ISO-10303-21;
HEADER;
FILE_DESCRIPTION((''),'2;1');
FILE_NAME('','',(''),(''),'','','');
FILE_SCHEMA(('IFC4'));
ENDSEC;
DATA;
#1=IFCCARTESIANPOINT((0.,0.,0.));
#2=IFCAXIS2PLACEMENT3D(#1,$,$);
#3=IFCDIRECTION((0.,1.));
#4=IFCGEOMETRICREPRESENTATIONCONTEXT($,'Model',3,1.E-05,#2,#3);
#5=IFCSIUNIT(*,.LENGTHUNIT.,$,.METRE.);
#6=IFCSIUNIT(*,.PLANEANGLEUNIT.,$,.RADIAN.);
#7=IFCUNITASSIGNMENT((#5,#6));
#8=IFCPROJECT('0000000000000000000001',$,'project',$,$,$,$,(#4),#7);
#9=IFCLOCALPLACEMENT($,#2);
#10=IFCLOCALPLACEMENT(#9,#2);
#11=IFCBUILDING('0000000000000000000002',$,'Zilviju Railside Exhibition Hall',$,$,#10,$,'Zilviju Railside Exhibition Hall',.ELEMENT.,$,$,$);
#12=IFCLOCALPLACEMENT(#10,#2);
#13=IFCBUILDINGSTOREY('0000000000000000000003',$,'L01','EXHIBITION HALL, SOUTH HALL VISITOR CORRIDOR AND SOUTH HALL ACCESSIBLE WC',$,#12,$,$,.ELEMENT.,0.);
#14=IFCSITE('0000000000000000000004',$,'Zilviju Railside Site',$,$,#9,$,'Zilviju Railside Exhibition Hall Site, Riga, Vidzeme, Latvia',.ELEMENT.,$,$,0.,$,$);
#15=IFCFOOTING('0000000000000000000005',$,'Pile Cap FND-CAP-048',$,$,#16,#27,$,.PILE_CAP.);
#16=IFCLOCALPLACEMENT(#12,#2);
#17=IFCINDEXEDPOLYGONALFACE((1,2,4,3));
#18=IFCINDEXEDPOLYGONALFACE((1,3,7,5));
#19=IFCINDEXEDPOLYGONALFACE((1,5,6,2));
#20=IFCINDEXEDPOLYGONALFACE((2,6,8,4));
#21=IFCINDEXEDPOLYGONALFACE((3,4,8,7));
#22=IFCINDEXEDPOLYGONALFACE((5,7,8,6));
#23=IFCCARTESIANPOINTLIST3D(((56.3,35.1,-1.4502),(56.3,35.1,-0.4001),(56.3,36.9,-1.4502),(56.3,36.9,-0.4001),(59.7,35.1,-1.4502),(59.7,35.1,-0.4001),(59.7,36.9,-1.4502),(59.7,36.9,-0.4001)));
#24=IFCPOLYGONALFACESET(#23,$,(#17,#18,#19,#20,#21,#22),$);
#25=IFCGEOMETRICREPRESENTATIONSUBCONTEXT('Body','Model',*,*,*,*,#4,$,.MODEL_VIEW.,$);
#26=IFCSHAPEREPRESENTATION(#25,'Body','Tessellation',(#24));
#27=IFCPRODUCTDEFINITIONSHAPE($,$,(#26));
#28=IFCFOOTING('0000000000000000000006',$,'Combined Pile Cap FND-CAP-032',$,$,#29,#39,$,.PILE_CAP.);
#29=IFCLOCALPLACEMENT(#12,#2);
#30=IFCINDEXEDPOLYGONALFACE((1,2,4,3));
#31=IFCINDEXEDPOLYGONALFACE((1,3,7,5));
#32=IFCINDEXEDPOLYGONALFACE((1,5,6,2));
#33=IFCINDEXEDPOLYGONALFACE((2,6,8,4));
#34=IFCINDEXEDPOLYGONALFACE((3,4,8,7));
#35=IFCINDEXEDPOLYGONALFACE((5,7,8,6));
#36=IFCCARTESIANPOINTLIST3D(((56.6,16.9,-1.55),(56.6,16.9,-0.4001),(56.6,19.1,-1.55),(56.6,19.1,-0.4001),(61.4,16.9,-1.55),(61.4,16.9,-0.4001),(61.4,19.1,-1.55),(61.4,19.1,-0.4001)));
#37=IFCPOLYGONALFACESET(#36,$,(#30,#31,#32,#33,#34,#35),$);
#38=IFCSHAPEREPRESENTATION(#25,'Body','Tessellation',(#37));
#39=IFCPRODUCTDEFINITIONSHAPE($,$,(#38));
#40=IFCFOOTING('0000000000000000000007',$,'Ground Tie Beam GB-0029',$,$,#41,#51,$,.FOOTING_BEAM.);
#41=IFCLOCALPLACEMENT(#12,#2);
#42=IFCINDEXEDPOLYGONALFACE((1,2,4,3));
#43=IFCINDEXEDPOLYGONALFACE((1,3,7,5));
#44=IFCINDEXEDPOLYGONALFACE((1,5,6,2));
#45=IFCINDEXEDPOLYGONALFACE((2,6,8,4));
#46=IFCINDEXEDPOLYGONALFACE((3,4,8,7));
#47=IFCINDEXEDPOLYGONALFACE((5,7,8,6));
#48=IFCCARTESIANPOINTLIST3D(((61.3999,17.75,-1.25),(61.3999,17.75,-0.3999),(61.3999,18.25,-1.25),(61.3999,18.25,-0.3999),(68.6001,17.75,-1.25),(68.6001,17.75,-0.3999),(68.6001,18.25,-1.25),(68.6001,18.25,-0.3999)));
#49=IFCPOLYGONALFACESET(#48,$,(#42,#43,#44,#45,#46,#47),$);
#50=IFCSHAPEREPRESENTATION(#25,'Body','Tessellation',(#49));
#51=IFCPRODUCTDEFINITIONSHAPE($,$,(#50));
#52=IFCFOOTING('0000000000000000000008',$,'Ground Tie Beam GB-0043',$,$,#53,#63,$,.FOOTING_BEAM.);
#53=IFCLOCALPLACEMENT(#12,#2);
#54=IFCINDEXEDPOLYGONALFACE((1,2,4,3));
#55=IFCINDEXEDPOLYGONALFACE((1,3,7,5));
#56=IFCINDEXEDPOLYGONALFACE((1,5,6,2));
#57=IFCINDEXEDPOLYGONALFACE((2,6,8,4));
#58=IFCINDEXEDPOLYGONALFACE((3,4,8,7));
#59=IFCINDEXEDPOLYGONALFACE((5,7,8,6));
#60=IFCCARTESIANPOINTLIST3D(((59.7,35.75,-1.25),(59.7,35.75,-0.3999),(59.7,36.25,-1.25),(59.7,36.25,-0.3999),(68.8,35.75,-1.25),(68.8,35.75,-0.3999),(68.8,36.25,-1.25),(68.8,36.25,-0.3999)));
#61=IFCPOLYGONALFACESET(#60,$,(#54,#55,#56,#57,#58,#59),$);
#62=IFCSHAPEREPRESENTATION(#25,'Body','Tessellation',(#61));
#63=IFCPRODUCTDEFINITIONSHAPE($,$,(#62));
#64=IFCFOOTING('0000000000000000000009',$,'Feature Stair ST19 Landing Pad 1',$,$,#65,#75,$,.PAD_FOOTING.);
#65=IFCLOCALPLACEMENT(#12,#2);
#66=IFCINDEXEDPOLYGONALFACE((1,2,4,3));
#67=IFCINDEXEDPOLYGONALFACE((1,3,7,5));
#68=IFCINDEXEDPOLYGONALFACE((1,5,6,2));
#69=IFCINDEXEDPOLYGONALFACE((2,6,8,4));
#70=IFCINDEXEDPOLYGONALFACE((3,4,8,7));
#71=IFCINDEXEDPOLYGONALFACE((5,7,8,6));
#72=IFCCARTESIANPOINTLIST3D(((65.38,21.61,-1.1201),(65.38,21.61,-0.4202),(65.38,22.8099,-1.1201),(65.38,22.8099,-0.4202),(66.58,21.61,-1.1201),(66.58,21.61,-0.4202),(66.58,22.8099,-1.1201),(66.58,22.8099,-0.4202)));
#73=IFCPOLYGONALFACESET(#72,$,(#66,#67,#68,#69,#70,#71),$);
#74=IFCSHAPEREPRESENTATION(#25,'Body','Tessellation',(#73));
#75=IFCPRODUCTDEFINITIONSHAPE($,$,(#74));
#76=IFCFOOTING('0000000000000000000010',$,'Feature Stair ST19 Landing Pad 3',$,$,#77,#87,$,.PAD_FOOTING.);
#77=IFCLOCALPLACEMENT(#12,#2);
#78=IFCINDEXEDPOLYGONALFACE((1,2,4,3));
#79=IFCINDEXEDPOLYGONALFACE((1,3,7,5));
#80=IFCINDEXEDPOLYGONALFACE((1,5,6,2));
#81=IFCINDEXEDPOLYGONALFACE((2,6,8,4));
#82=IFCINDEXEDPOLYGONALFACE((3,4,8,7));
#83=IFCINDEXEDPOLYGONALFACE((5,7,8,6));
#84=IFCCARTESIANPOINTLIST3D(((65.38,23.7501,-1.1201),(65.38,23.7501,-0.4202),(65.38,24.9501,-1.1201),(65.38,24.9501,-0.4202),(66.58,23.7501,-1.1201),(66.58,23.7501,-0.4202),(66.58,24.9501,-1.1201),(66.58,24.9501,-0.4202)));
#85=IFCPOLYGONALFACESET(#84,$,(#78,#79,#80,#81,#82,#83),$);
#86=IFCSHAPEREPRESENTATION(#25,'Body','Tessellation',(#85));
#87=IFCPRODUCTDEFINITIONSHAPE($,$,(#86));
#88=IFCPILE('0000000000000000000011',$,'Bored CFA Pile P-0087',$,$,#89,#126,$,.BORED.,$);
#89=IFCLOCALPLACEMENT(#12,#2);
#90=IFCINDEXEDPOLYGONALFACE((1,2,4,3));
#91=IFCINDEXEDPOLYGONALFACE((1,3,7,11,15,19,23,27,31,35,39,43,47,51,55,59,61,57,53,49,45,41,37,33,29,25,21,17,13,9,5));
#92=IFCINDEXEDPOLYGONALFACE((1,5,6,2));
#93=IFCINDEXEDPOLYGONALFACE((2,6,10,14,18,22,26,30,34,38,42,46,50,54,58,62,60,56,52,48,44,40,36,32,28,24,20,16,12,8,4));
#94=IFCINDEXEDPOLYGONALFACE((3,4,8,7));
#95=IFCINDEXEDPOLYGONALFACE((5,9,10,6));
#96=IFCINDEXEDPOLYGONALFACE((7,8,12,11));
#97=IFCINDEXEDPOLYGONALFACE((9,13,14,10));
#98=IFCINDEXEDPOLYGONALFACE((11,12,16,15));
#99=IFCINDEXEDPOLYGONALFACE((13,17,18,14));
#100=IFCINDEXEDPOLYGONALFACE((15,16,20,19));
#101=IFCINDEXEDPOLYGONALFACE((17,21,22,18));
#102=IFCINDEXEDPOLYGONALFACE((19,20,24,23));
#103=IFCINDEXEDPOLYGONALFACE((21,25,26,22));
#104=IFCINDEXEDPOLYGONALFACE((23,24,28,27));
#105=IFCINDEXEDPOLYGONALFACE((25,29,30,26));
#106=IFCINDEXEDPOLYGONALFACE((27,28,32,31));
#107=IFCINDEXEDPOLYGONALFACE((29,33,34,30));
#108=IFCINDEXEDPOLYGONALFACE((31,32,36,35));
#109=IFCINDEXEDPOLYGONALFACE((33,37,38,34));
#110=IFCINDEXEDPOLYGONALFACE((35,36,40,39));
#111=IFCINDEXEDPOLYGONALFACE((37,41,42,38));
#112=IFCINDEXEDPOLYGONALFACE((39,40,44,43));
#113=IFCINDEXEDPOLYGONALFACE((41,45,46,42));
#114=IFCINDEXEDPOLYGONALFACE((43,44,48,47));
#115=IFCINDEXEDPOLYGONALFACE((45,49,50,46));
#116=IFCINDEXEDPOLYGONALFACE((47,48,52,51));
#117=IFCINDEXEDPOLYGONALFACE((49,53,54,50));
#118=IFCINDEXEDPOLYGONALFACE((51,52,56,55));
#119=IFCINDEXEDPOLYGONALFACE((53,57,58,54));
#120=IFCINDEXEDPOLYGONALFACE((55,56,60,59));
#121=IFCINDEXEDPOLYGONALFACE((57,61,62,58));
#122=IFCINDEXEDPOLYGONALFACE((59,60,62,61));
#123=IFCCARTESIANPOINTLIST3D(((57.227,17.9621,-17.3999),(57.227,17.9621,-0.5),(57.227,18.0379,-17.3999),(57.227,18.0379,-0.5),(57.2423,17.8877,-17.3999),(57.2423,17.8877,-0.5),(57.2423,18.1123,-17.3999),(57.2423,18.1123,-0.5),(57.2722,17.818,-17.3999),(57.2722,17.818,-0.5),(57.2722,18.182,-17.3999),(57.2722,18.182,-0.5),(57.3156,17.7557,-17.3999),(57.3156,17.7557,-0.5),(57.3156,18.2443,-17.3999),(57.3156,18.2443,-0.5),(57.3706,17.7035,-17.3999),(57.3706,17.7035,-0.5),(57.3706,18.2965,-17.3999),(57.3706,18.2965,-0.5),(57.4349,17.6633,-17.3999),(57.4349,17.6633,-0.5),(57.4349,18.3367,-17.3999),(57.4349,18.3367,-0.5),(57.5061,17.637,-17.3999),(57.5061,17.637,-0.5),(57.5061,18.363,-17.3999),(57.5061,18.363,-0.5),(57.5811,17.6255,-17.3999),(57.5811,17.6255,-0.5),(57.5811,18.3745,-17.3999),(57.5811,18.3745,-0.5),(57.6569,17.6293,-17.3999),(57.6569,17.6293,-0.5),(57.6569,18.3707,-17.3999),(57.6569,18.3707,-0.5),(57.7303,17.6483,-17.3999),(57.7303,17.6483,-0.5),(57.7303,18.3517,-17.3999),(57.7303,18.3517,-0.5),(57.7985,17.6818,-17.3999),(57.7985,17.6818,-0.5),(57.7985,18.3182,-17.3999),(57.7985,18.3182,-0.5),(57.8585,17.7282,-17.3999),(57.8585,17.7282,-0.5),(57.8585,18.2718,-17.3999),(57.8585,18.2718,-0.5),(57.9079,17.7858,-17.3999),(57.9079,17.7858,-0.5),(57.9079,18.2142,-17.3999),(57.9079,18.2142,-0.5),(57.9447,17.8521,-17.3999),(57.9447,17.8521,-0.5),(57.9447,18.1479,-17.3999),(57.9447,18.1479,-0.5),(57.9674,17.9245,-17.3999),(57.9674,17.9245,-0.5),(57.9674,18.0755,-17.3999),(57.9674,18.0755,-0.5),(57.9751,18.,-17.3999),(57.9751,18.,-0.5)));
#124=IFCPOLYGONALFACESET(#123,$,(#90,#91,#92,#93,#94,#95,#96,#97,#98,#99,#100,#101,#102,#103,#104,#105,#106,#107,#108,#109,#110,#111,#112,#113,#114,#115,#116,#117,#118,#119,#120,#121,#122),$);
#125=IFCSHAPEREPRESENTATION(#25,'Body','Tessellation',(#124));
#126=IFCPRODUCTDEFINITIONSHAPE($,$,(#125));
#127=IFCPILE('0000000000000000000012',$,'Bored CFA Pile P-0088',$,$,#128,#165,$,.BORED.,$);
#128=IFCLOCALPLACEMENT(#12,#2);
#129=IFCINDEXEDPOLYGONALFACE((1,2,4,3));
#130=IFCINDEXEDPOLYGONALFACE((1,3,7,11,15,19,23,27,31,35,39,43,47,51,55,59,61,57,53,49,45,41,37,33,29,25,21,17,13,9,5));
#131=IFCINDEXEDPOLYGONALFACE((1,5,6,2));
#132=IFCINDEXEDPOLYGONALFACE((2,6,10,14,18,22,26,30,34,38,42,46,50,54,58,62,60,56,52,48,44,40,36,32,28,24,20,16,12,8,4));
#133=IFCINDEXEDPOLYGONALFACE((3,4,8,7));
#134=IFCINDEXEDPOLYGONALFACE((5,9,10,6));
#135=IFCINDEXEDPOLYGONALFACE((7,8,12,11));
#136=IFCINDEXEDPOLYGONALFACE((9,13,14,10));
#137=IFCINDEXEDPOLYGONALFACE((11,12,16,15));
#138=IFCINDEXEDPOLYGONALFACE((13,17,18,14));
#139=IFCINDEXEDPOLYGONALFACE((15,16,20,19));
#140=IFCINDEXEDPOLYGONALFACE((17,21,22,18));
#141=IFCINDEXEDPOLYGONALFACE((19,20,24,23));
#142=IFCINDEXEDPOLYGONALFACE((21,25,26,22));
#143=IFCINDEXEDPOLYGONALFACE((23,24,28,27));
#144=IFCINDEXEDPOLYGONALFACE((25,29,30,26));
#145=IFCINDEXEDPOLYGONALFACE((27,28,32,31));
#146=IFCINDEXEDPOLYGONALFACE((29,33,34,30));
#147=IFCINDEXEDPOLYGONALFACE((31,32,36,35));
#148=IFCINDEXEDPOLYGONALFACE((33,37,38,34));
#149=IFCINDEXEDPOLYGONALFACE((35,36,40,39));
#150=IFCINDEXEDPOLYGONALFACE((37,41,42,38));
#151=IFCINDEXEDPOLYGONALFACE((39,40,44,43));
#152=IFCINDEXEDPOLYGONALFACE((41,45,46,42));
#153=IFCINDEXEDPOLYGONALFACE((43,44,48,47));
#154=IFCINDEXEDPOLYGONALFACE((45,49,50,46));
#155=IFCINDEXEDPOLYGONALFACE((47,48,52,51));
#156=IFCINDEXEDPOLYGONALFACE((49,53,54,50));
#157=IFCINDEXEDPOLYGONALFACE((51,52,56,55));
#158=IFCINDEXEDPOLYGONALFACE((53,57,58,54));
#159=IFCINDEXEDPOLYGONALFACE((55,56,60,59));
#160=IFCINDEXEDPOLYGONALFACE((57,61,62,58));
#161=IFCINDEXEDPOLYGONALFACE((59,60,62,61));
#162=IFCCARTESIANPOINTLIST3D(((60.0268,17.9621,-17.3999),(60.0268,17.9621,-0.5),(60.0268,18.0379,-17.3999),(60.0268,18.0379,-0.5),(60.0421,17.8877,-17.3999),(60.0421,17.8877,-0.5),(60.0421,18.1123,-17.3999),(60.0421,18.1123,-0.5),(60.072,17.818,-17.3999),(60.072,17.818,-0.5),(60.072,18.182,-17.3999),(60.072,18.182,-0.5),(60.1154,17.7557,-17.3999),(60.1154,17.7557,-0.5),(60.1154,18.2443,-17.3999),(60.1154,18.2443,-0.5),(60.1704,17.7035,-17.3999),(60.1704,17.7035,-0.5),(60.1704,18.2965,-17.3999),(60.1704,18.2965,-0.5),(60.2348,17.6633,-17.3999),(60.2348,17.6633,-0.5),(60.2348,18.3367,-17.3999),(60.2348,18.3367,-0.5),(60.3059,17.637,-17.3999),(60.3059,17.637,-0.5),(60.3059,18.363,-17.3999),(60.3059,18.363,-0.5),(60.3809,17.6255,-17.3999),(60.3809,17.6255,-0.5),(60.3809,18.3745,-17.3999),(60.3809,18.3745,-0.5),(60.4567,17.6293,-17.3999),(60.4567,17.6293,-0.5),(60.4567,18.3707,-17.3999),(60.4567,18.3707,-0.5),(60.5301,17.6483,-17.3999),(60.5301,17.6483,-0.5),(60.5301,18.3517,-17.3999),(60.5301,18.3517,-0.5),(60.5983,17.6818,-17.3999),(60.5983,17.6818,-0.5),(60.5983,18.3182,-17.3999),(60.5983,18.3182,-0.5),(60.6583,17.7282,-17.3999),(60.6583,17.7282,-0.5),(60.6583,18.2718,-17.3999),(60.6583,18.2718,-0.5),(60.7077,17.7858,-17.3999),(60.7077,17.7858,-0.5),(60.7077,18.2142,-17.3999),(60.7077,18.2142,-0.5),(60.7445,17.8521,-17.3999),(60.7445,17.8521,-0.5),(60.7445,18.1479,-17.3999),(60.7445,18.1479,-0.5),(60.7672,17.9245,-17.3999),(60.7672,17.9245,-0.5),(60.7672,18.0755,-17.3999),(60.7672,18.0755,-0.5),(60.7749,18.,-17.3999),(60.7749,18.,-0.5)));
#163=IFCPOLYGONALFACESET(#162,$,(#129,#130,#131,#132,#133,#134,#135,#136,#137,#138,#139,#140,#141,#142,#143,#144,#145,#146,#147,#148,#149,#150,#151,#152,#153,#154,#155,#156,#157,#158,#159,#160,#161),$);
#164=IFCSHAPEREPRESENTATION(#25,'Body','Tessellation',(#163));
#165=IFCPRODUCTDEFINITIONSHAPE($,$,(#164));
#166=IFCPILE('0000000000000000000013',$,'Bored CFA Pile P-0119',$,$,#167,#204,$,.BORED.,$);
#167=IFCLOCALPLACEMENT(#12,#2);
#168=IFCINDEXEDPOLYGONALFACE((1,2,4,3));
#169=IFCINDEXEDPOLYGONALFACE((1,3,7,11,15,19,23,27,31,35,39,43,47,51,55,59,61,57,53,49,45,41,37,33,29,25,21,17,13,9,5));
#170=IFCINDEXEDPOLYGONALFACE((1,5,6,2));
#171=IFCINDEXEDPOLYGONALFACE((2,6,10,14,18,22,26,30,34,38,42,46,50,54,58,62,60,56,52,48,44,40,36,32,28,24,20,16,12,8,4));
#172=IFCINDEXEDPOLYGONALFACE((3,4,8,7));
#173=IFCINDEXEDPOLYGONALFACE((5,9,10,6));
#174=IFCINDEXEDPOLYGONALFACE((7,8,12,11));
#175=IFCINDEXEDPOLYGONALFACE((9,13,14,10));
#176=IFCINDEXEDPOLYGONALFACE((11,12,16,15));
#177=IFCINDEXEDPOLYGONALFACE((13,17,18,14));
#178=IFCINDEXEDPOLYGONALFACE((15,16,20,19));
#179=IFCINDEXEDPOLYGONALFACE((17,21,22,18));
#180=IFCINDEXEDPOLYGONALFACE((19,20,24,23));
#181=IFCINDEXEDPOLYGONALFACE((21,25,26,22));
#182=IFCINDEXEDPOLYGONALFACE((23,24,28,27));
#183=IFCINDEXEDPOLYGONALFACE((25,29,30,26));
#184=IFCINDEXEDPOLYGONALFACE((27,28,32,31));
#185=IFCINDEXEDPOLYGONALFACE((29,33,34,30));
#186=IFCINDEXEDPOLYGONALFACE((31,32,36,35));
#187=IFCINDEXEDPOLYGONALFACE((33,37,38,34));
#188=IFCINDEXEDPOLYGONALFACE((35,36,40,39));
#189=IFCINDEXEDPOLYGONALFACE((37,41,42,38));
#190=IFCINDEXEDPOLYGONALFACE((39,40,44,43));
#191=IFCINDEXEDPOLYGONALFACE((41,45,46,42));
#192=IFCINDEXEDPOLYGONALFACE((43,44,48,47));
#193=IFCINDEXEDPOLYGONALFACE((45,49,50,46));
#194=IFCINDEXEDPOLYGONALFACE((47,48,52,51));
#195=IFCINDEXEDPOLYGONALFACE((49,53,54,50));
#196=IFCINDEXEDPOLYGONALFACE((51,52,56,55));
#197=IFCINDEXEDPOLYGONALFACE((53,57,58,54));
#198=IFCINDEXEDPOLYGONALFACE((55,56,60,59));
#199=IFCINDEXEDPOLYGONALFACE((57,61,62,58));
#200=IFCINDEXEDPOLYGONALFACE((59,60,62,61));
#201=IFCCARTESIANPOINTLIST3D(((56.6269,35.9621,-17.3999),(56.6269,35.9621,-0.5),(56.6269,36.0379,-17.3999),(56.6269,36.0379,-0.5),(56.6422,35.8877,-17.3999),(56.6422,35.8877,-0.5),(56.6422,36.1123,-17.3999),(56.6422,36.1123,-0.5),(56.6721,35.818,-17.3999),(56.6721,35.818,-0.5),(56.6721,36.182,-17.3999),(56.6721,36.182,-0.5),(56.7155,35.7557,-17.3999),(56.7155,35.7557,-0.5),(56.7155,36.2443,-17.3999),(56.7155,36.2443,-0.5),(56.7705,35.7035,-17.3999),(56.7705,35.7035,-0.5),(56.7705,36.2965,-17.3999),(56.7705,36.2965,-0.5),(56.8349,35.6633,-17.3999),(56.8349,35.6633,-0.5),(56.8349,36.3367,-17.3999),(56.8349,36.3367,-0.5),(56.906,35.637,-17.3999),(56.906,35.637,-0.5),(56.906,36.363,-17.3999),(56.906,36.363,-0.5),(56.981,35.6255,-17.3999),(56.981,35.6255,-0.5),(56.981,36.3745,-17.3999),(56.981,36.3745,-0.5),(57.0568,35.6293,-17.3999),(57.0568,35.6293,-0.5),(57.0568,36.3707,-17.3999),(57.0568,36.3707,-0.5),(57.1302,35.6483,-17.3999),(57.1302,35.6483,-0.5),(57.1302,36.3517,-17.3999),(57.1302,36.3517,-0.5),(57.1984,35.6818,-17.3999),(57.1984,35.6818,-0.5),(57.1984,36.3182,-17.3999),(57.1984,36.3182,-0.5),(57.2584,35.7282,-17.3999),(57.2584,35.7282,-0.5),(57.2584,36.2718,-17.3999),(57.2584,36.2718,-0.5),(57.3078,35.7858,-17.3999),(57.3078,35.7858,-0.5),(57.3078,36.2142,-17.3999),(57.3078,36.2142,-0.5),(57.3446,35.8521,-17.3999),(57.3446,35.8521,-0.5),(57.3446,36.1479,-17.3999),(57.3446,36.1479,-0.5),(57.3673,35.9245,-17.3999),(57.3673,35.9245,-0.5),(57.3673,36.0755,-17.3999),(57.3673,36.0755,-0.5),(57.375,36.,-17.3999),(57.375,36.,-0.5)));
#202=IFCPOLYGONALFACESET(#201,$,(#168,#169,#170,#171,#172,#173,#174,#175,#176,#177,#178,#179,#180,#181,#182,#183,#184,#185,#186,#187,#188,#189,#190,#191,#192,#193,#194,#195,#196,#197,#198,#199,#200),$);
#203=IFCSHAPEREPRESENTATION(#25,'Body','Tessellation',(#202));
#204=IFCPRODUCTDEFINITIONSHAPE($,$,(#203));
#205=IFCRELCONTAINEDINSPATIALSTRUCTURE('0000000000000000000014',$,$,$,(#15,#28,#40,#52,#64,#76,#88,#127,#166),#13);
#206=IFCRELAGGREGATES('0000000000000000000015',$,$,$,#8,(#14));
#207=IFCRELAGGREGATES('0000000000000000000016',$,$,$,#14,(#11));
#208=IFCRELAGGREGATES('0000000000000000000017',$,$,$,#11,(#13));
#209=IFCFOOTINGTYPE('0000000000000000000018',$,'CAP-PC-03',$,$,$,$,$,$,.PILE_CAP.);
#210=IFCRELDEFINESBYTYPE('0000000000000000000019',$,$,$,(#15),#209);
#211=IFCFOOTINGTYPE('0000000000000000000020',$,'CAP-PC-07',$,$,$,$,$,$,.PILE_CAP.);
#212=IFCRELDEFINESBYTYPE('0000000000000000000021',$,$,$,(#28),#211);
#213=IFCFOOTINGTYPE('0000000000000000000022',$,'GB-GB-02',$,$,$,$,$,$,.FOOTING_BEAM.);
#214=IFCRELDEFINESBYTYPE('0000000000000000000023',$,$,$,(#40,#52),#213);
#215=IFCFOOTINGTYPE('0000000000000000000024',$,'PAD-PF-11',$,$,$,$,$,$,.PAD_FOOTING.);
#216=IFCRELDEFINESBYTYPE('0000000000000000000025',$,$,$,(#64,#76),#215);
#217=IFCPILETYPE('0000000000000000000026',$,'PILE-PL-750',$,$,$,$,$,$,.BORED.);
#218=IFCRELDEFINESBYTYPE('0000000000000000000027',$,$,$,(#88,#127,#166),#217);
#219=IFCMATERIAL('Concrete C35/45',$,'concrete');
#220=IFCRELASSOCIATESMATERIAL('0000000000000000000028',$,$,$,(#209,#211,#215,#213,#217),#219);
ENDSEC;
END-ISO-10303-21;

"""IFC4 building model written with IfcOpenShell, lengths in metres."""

from ifc_helpers import new_model, si_unit, direction, frame, origin, origin_2d, place, context, subcontext, project, spatial, rectangle, circle, extrude, material, material_profile, profile_set, type_object, element, save


model = new_model("IFC4")

# Units and contexts
model_context = context("Model", 3, precision=1e-05, world=origin(), true_north=direction((0.0, 1.0)))
body_context = subcontext(model_context, "Body", "Model", "MODEL_VIEW")
ifc_project = project(units=[si_unit("LENGTHUNIT", "METRE"), si_unit("PLANEANGLEUNIT", "RADIAN")], contexts=[model_context])

# Site, building, storey
site_placement = place(None, origin())
site = spatial("IfcSite", under=ifc_project, at=site_placement, Name="Zilviju Railside Site", LongName="Zilviju Railside Exhibition Hall Site, Riga, Vidzeme, Latvia", CompositionType="ELEMENT", RefElevation=0.0)
building_placement = place(site_placement, origin())
building = spatial("IfcBuilding", under=site, at=building_placement, Name="Zilviju Railside Exhibition Hall", LongName="Zilviju Railside Exhibition Hall", CompositionType="ELEMENT")
storey_placement = place(building_placement, origin())
storey = spatial("IfcBuildingStorey", under=building, at=storey_placement, Name="L01", Description="EXHIBITION HALL, SOUTH HALL VISITOR CORRIDOR AND SOUTH HALL ACCESSIBLE WC", CompositionType="ELEMENT", Elevation=0.0)

# Footings
ifc_material_1 = material(Name="Concrete C35/45", Category="concrete")
footing_type_1 = type_object("IfcFootingType", Name="CAP-PC-03", PredefinedType="PILE_CAP", material=ifc_material_1)
footing_1_placement = place(storey_placement, frame((58.0, 36.0, -1.4502), z_axis=(0.0, 0.0, 1.0), x_axis=(1.0, 0.0, 0.0)))
element("IfcFooting", 1, at=footing_1_placement, inside=storey, type_object=footing_type_1, Name="Pile Cap FND-CAP-048", PredefinedType="PILE_CAP", context=body_context, shape_type="SweptSolid", body=[
    extrude(rectangle(XDim=3.3999, YDim=1.8, at=origin_2d()), origin(), (0.0, 0.0, 1.0), 1.05),
])
footing_type_2 = type_object("IfcFootingType", Name="CAP-PC-07", PredefinedType="PILE_CAP", material=ifc_material_1)
footing_2_placement = place(storey_placement, frame((59.0, 18.0, -1.55), z_axis=(0.0, 0.0, 1.0), x_axis=(1.0, 0.0, 0.0)))
element("IfcFooting", 2, at=footing_2_placement, inside=storey, type_object=footing_type_2, Name="Combined Pile Cap FND-CAP-032", PredefinedType="PILE_CAP", context=body_context, shape_type="SweptSolid", body=[
    extrude(rectangle(XDim=4.8, YDim=2.2, at=origin_2d()), origin(), (0.0, 0.0, 1.0), 1.1499),
])
ifc_material_profile_1 = material_profile(ifc_material_1, rectangle(XDim=0.5, YDim=0.8501, at=origin_2d()), Name="TIE BEAM 500x850")
ifc_profile_set_1 = profile_set([ifc_material_profile_1], Name="Concrete C35/45")
footing_type_3 = type_object("IfcFootingType", Name="GB-GB-02", PredefinedType="FOOTING_BEAM", material=ifc_profile_set_1)
footing_3_placement = place(storey_placement, frame((61.3999, 18.0, -0.825), z_axis=(1.0, 0.0, 0.0), x_axis=(0.0, 1.0, 0.0)))
element("IfcFooting", 3, at=footing_3_placement, inside=storey, type_object=footing_type_3, Name="Ground Tie Beam GB-0029", PredefinedType="FOOTING_BEAM", context=body_context, shape_type="SweptSolid", body=[
    extrude(rectangle(XDim=0.5, YDim=0.8501, at=origin_2d()), origin(), (0.0, 0.0, 1.0), 7.2002),
])
footing_4_placement = place(storey_placement, frame((59.7, 36.0, -0.825), z_axis=(1.0, 0.0, 0.0), x_axis=(0.0, 1.0, 0.0)))
element("IfcFooting", 4, at=footing_4_placement, inside=storey, type_object=footing_type_3, Name="Ground Tie Beam GB-0043", PredefinedType="FOOTING_BEAM", context=body_context, shape_type="SweptSolid", body=[
    extrude(rectangle(XDim=0.5, YDim=0.8501, at=origin_2d()), origin(), (0.0, 0.0, 1.0), 9.1001),
])
footing_type_4 = type_object("IfcFootingType", Name="PAD-PF-11", PredefinedType="PAD_FOOTING", material=ifc_material_1)
for number, where, z_axis, x_axis, name in (
    (5, (65.98, 22.21, -1.1201), (0.0, 0.0, 1.0), (1.0, 0.0, 0.0), "Feature Stair ST19 Landing Pad 1"),
    (6, (65.98, 24.3501, -1.1201), (0.0, 0.0, 1.0), (1.0, 0.0, 0.0), "Feature Stair ST19 Landing Pad 3"),
):
    element("IfcFooting", number, at=place(storey_placement, frame(where, z_axis=z_axis, x_axis=x_axis)), inside=storey, type_object=footing_type_4, Name=name, PredefinedType="PAD_FOOTING", context=body_context, shape_type="SweptSolid", body=[
        extrude(rectangle(XDim=1.2, YDim=1.2, at=origin_2d()), origin(), (0.0, 0.0, 1.0), 0.7),
    ])

# Piles
ifc_material_profile_2 = material_profile(ifc_material_1, circle(Radius=0.375, at=origin_2d()), Name="CFA PILE D750")
ifc_profile_set_2 = profile_set([ifc_material_profile_2], Name="Concrete C35/45")
pile_type = type_object("IfcPileType", Name="PILE-PL-750", PredefinedType="BORED", material=ifc_profile_set_2)
for number, where, z_axis, x_axis, name in (
    (7, (57.6001, 18.0, -0.5), (0.0, 0.0, -1.0), (1.0, 0.0, 0.0), "Bored CFA Pile P-0087"),
    (8, (60.3999, 18.0, -0.5), (0.0, 0.0, -1.0), (1.0, 0.0, 0.0), "Bored CFA Pile P-0088"),
    (9, (57.0, 36.0, -0.5), (0.0, 0.0, -1.0), (1.0, 0.0, 0.0), "Bored CFA Pile P-0119"),
):
    element("IfcPile", number, at=place(storey_placement, frame(where, z_axis=z_axis, x_axis=x_axis)), inside=storey, type_object=pile_type, Name=name, PredefinedType="BORED", context=body_context, shape_type="SweptSolid", body=[
        extrude(circle(Radius=0.375, at=origin_2d()), origin(), (0.0, 0.0, 1.0), 16.8999),
    ])

save(model, "model.ifc")
